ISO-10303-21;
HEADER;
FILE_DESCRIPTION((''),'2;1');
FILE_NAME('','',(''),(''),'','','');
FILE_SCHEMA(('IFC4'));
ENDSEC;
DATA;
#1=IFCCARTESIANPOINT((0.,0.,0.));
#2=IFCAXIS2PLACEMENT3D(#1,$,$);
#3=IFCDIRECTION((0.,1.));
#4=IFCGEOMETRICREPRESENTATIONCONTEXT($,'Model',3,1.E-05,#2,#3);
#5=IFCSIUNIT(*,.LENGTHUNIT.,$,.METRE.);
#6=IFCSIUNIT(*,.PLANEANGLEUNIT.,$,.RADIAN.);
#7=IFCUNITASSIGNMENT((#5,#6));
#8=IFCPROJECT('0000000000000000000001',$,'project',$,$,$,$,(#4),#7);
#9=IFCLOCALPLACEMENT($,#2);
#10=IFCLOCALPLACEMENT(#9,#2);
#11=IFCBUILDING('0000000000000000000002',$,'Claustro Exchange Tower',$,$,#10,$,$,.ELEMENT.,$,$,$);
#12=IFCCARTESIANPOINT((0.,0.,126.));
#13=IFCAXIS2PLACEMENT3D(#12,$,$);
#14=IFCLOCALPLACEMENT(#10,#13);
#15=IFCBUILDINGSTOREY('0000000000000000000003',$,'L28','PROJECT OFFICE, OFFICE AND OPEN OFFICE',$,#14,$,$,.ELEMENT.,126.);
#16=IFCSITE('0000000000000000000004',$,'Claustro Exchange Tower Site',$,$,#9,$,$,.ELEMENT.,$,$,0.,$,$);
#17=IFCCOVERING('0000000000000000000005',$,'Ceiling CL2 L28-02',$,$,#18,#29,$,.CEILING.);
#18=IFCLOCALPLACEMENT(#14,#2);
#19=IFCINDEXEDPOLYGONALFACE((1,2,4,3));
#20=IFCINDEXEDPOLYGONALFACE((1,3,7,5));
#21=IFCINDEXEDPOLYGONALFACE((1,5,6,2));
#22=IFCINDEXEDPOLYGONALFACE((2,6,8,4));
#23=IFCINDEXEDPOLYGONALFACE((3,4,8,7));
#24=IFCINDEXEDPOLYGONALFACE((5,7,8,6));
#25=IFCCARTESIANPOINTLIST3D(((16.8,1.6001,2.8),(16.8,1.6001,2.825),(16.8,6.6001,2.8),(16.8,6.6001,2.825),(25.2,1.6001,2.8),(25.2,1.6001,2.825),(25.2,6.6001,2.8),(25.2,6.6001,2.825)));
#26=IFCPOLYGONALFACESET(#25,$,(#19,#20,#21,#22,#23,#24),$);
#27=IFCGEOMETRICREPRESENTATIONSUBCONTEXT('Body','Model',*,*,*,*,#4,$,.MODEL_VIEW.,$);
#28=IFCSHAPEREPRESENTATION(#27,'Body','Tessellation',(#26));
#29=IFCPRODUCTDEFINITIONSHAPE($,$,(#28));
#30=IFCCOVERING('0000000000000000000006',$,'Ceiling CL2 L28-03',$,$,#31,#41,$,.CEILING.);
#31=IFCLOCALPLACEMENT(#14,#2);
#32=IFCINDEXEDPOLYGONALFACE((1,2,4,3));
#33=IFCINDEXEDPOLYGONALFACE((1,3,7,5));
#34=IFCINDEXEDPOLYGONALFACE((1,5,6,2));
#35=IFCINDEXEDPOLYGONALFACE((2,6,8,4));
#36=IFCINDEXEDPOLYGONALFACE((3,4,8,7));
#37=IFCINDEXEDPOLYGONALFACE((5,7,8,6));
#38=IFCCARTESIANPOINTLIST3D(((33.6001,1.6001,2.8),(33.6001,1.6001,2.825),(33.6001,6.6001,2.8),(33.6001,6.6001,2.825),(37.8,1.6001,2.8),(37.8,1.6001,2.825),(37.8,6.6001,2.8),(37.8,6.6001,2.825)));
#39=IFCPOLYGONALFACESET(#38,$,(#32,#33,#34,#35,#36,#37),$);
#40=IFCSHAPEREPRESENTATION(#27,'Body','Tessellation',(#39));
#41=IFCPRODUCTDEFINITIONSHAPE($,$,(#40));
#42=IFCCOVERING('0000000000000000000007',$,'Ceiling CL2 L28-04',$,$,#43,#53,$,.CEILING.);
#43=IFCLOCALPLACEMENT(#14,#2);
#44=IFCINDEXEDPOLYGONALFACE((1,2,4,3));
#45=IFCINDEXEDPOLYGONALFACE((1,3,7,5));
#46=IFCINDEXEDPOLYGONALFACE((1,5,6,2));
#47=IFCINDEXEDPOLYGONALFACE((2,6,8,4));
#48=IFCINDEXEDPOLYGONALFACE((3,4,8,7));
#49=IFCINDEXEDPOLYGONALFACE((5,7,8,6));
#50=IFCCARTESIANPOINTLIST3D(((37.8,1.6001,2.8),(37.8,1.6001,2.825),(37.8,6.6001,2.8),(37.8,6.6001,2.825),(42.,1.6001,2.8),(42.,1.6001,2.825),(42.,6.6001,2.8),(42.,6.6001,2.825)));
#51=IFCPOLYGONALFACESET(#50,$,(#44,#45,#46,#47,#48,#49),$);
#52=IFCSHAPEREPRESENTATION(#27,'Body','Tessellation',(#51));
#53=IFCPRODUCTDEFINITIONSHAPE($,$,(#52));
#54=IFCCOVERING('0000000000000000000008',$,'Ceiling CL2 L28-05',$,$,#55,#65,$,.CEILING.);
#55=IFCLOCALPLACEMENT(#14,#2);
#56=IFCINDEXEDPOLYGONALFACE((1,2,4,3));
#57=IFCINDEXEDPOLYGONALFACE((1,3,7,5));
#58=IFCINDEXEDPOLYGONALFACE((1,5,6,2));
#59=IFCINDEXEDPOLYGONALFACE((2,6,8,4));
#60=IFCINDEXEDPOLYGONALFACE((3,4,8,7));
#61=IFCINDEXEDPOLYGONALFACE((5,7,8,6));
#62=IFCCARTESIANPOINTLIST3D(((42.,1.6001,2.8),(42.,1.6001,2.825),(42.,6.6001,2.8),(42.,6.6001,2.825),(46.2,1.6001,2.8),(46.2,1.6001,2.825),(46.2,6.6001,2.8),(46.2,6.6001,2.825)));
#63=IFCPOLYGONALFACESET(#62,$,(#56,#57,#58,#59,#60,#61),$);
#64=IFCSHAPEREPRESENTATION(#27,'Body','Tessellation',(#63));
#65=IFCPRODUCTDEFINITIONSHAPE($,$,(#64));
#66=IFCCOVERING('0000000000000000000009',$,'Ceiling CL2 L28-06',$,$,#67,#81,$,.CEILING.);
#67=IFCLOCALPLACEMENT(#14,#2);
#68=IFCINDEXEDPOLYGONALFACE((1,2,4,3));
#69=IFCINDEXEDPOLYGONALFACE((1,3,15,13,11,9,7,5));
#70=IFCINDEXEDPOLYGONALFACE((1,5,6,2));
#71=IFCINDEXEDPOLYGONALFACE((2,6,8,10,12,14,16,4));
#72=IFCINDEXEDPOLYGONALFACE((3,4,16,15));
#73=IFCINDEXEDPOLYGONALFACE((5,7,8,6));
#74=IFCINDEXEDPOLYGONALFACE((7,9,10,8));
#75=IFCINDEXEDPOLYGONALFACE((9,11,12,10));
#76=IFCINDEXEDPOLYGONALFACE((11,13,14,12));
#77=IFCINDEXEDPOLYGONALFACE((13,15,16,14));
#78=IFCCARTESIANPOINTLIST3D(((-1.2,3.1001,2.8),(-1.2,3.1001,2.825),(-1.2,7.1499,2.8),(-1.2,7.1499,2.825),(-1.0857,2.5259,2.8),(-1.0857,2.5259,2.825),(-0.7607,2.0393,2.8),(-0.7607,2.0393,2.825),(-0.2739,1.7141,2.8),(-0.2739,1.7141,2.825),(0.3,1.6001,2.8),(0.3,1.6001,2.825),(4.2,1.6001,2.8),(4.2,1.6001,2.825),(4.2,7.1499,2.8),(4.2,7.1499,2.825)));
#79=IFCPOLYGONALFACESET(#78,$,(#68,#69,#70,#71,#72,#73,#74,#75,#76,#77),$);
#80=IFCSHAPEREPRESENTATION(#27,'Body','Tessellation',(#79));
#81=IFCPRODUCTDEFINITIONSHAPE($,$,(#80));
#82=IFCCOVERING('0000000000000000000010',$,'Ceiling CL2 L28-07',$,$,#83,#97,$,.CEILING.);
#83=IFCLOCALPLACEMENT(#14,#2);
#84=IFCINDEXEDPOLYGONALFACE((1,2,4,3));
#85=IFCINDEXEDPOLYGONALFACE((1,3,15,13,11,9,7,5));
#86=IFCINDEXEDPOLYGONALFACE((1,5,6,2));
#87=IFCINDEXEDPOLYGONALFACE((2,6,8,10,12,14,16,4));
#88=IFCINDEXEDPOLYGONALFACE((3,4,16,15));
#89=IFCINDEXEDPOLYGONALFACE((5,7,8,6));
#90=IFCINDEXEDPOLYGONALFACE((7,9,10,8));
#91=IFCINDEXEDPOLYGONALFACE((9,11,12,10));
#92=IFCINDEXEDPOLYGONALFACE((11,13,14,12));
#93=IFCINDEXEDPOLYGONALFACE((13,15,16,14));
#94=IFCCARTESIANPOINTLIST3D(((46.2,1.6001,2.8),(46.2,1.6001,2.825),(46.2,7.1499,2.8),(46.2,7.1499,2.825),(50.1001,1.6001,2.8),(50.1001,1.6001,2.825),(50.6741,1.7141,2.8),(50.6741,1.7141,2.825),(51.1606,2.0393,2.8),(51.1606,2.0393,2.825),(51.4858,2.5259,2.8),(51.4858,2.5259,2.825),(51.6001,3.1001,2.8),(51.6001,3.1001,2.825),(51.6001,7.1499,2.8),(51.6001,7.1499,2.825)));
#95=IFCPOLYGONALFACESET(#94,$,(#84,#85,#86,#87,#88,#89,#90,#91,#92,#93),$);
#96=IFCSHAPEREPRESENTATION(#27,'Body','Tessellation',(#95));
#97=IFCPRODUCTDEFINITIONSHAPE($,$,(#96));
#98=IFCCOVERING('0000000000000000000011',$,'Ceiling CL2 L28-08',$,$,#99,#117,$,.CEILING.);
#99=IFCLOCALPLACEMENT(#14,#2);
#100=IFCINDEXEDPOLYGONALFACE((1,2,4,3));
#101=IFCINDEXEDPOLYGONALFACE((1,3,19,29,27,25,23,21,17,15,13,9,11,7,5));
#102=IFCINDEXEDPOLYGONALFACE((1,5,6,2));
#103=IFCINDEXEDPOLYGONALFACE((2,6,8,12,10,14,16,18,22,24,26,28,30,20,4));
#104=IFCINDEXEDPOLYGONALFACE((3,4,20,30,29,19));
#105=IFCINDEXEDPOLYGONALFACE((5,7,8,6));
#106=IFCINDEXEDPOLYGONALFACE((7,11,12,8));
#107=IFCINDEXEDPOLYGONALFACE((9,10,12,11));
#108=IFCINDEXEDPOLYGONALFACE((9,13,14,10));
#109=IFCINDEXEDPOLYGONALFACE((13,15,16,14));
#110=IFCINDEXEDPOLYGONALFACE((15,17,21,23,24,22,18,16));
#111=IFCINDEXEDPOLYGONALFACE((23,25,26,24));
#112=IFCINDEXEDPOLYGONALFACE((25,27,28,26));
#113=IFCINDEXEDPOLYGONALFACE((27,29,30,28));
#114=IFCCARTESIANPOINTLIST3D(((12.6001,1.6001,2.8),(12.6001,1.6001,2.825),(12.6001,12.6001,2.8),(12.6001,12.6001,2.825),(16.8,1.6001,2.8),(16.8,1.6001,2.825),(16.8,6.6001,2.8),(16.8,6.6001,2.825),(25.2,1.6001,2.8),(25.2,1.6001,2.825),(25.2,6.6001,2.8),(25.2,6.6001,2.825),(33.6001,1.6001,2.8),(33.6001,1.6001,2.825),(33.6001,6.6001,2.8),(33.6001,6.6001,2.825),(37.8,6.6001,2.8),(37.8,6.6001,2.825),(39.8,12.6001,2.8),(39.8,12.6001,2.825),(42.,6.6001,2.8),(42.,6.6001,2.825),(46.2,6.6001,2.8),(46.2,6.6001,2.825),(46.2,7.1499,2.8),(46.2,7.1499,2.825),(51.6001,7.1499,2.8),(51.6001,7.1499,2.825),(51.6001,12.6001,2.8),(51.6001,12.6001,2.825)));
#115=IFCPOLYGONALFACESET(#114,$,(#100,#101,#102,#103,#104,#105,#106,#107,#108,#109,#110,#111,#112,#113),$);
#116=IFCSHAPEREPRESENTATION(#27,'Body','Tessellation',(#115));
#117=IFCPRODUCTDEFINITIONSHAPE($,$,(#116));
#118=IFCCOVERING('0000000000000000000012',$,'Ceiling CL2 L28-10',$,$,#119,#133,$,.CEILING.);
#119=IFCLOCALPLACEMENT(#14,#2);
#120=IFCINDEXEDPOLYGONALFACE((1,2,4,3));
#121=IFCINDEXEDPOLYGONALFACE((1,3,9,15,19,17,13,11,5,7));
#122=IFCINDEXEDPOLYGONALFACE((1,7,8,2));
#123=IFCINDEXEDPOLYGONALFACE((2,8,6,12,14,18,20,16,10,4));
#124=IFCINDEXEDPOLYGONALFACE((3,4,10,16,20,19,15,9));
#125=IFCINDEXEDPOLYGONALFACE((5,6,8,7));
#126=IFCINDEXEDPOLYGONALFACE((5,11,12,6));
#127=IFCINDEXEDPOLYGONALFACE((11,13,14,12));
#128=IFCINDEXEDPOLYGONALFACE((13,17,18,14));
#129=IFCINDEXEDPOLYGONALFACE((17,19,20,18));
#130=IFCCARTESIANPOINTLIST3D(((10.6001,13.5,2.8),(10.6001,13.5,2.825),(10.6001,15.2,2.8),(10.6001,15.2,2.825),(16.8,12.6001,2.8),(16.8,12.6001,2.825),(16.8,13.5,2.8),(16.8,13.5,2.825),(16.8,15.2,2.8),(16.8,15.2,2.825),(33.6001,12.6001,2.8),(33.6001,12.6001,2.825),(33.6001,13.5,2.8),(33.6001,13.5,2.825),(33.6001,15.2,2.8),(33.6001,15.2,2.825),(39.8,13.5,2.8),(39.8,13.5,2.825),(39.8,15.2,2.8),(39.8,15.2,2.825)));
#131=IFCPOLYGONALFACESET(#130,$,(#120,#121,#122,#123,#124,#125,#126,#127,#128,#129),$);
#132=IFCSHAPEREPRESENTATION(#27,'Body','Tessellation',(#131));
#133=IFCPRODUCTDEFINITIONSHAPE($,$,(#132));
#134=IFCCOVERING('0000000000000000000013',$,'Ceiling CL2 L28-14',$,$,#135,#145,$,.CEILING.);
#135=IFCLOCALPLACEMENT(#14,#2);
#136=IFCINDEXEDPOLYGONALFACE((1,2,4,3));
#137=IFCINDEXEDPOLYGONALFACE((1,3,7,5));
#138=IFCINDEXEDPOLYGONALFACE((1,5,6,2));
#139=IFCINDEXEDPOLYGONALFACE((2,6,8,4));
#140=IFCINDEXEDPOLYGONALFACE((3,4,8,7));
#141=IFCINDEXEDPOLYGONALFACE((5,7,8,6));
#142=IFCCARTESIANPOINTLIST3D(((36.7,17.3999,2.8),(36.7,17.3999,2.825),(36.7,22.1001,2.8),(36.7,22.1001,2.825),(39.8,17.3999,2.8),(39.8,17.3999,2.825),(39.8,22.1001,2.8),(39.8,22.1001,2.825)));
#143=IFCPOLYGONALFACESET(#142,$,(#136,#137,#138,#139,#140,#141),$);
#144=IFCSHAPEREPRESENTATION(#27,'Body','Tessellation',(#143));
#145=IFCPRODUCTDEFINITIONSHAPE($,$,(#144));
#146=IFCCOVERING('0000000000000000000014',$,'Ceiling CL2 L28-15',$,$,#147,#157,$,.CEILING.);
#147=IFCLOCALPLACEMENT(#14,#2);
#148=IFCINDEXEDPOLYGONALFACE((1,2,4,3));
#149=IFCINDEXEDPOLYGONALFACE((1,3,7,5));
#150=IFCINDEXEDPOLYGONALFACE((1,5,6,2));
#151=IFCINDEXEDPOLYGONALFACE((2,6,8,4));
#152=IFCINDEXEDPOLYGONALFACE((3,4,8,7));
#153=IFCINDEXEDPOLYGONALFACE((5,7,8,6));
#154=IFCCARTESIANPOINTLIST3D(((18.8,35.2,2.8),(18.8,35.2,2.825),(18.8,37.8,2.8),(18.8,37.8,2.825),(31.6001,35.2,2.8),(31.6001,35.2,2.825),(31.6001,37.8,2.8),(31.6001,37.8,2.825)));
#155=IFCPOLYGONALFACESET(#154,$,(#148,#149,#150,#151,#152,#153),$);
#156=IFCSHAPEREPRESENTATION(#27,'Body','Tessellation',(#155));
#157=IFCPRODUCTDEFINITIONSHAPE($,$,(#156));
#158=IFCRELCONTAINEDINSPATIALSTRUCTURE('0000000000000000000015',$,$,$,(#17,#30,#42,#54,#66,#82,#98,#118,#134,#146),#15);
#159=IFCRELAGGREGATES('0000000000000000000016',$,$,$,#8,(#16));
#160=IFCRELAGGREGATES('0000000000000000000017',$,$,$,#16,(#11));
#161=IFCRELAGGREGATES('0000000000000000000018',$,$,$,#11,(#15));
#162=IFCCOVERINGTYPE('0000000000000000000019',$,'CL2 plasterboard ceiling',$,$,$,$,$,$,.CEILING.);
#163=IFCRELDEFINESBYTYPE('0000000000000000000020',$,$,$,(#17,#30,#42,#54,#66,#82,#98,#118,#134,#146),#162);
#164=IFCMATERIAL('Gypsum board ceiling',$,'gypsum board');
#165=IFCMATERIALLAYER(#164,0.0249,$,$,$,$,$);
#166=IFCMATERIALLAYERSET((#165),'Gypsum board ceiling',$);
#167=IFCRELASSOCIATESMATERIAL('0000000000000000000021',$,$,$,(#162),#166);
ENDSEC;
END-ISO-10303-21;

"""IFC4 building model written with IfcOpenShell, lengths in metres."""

from ifc_helpers import new_model, si_unit, direction, frame, origin, place, context, subcontext, project, spatial, polyline, outline, extrude, material, layer, layer_set, type_object, element, save


model = new_model("IFC4")

# Units and contexts
model_context = context("Model", 3, precision=1e-05, world=origin(), true_north=direction((0.0, 1.0)))
body_context = subcontext(model_context, "Body", "Model", "MODEL_VIEW")
ifc_project = project(units=[si_unit("LENGTHUNIT", "METRE"), si_unit("PLANEANGLEUNIT", "RADIAN")], contexts=[model_context])

# Site, building, storey
site_placement = place(None, origin())
site = spatial("IfcSite", under=ifc_project, at=site_placement, Name="Claustro Exchange Tower Site", CompositionType="ELEMENT", RefElevation=0.0)
building_placement = place(site_placement, origin())
building = spatial("IfcBuilding", under=site, at=building_placement, Name="Claustro Exchange Tower", CompositionType="ELEMENT")
storey_placement = place(building_placement, frame((0.0, 0.0, 126.0)))
storey = spatial("IfcBuildingStorey", under=building, at=storey_placement, Name="L28", Description="PROJECT OFFICE, OFFICE AND OPEN OFFICE", CompositionType="ELEMENT", Elevation=126.0)

# Coverings
ifc_material_1 = material(Name="Gypsum board ceiling", Category="gypsum board")
ifc_layer_1 = layer(ifc_material_1, 0.0249)
ifc_layer_set_1 = layer_set([ifc_layer_1], Name="Gypsum board ceiling")
covering_type_1 = type_object("IfcCoveringType", Name="CL2 plasterboard ceiling", PredefinedType="CEILING", material=ifc_layer_set_1)
covering_1_placement = place(storey_placement, frame((0.0, 0.0, 2.8)))
element("IfcCovering", 1, at=covering_1_placement, inside=storey, type_object=covering_type_1, Name="Ceiling CL2 L28-02", PredefinedType="CEILING", context=body_context, shape_type="SweptSolid", body=[
    extrude(outline(polyline([(16.8, 1.6001), (25.2, 1.6001), (25.2, 6.6001), (16.8, 6.6001), (16.8, 1.6001)])), origin(), (0.0, 0.0, 1.0), 0.0249),
])
covering_2_placement = place(storey_placement, frame((0.0, 0.0, 2.8)))
element("IfcCovering", 2, at=covering_2_placement, inside=storey, type_object=covering_type_1, Name="Ceiling CL2 L28-03", PredefinedType="CEILING", context=body_context, shape_type="SweptSolid", body=[
    extrude(outline(polyline([(33.6001, 1.6001), (37.8, 1.6001), (37.8, 6.6001), (33.6001, 6.6001), (33.6001, 1.6001)])), origin(), (0.0, 0.0, 1.0), 0.0249),
])
covering_3_placement = place(storey_placement, frame((0.0, 0.0, 2.8)))
element("IfcCovering", 3, at=covering_3_placement, inside=storey, type_object=covering_type_1, Name="Ceiling CL2 L28-04", PredefinedType="CEILING", context=body_context, shape_type="SweptSolid", body=[
    extrude(outline(polyline([(37.8, 1.6001), (42.0, 1.6001), (42.0, 6.6001), (37.8, 6.6001), (37.8, 1.6001)])), origin(), (0.0, 0.0, 1.0), 0.0249),
])
covering_4_placement = place(storey_placement, frame((0.0, 0.0, 2.8)))
element("IfcCovering", 4, at=covering_4_placement, inside=storey, type_object=covering_type_1, Name="Ceiling CL2 L28-05", PredefinedType="CEILING", context=body_context, shape_type="SweptSolid", body=[
    extrude(outline(polyline([(42.0, 1.6001), (46.2, 1.6001), (46.2, 6.6001), (42.0, 6.6001), (42.0, 1.6001)])), origin(), (0.0, 0.0, 1.0), 0.0249),
])
covering_5_placement = place(storey_placement, frame((0.0, 0.0, 2.8)))
element("IfcCovering", 5, at=covering_5_placement, inside=storey, type_object=covering_type_1, Name="Ceiling CL2 L28-06", PredefinedType="CEILING", context=body_context, shape_type="SweptSolid", body=[
    extrude(outline(polyline([(-1.0857, 2.5259), (-0.7607, 2.0393), (-0.2739, 1.7141), (0.3, 1.6001), (4.2, 1.6001), (4.2, 7.1499), (-1.2, 7.1499), (-1.2, 3.1001), (-1.0857, 2.5259)])), origin(), (0.0, 0.0, 1.0), 0.0249),
])
covering_6_placement = place(storey_placement, frame((0.0, 0.0, 2.8)))
element("IfcCovering", 6, at=covering_6_placement, inside=storey, type_object=covering_type_1, Name="Ceiling CL2 L28-07", PredefinedType="CEILING", context=body_context, shape_type="SweptSolid", body=[
    extrude(outline(polyline([(51.6001, 3.1001), (51.6001, 7.1499), (46.2, 7.1499), (46.2, 1.6001), (50.1001, 1.6001), (50.6741, 1.7141), (51.1606, 2.0393), (51.4858, 2.5259), (51.6001, 3.1001)])), origin(), (0.0, 0.0, 1.0), 0.0249),
])
covering_7_placement = place(storey_placement, frame((0.0, 0.0, 2.8)))
element("IfcCovering", 7, at=covering_7_placement, inside=storey, type_object=covering_type_1, Name="Ceiling CL2 L28-08", PredefinedType="CEILING", context=body_context, shape_type="SweptSolid", body=[
    extrude(outline(polyline([(51.6001, 12.6001), (39.8, 12.6001), (12.6001, 12.6001), (12.6001, 1.6001), (16.8, 1.6001), (16.8, 6.6001), (25.2, 6.6001), (25.2, 1.6001), (33.6001, 1.6001), (33.6001, 6.6001), (37.8, 6.6001), (42.0, 6.6001), (46.2, 6.6001), (46.2, 7.1499), (51.6001, 7.1499), (51.6001, 12.6001)])), origin(), (0.0, 0.0, 1.0), 0.0249),
])
covering_8_placement = place(storey_placement, frame((0.0, 0.0, 2.8)))
element("IfcCovering", 8, at=covering_8_placement, inside=storey, type_object=covering_type_1, Name="Ceiling CL2 L28-10", PredefinedType="CEILING", context=body_context, shape_type="SweptSolid", body=[
    extrude(outline(polyline([(10.6001, 15.2), (10.6001, 13.5), (16.8, 13.5), (16.8, 12.6001), (33.6001, 12.6001), (33.6001, 13.5), (39.8, 13.5), (39.8, 15.2), (33.6001, 15.2), (16.8, 15.2), (10.6001, 15.2)])), origin(), (0.0, 0.0, 1.0), 0.0249),
])
covering_9_placement = place(storey_placement, frame((0.0, 0.0, 2.8)))
element("IfcCovering", 9, at=covering_9_placement, inside=storey, type_object=covering_type_1, Name="Ceiling CL2 L28-14", PredefinedType="CEILING", context=body_context, shape_type="SweptSolid", body=[
    extrude(outline(polyline([(39.8, 17.3999), (39.8, 22.1001), (36.7, 22.1001), (36.7, 17.3999), (39.8, 17.3999)])), origin(), (0.0, 0.0, 1.0), 0.0249),
])
covering_10_placement = place(storey_placement, frame((0.0, 0.0, 2.8)))
element("IfcCovering", 10, at=covering_10_placement, inside=storey, type_object=covering_type_1, Name="Ceiling CL2 L28-15", PredefinedType="CEILING", context=body_context, shape_type="SweptSolid", body=[
    extrude(outline(polyline([(18.8, 35.2), (31.6001, 35.2), (31.6001, 37.8), (18.8, 37.8), (18.8, 35.2)])), origin(), (0.0, 0.0, 1.0), 0.0249),
])

save(model, "model.ifc")
